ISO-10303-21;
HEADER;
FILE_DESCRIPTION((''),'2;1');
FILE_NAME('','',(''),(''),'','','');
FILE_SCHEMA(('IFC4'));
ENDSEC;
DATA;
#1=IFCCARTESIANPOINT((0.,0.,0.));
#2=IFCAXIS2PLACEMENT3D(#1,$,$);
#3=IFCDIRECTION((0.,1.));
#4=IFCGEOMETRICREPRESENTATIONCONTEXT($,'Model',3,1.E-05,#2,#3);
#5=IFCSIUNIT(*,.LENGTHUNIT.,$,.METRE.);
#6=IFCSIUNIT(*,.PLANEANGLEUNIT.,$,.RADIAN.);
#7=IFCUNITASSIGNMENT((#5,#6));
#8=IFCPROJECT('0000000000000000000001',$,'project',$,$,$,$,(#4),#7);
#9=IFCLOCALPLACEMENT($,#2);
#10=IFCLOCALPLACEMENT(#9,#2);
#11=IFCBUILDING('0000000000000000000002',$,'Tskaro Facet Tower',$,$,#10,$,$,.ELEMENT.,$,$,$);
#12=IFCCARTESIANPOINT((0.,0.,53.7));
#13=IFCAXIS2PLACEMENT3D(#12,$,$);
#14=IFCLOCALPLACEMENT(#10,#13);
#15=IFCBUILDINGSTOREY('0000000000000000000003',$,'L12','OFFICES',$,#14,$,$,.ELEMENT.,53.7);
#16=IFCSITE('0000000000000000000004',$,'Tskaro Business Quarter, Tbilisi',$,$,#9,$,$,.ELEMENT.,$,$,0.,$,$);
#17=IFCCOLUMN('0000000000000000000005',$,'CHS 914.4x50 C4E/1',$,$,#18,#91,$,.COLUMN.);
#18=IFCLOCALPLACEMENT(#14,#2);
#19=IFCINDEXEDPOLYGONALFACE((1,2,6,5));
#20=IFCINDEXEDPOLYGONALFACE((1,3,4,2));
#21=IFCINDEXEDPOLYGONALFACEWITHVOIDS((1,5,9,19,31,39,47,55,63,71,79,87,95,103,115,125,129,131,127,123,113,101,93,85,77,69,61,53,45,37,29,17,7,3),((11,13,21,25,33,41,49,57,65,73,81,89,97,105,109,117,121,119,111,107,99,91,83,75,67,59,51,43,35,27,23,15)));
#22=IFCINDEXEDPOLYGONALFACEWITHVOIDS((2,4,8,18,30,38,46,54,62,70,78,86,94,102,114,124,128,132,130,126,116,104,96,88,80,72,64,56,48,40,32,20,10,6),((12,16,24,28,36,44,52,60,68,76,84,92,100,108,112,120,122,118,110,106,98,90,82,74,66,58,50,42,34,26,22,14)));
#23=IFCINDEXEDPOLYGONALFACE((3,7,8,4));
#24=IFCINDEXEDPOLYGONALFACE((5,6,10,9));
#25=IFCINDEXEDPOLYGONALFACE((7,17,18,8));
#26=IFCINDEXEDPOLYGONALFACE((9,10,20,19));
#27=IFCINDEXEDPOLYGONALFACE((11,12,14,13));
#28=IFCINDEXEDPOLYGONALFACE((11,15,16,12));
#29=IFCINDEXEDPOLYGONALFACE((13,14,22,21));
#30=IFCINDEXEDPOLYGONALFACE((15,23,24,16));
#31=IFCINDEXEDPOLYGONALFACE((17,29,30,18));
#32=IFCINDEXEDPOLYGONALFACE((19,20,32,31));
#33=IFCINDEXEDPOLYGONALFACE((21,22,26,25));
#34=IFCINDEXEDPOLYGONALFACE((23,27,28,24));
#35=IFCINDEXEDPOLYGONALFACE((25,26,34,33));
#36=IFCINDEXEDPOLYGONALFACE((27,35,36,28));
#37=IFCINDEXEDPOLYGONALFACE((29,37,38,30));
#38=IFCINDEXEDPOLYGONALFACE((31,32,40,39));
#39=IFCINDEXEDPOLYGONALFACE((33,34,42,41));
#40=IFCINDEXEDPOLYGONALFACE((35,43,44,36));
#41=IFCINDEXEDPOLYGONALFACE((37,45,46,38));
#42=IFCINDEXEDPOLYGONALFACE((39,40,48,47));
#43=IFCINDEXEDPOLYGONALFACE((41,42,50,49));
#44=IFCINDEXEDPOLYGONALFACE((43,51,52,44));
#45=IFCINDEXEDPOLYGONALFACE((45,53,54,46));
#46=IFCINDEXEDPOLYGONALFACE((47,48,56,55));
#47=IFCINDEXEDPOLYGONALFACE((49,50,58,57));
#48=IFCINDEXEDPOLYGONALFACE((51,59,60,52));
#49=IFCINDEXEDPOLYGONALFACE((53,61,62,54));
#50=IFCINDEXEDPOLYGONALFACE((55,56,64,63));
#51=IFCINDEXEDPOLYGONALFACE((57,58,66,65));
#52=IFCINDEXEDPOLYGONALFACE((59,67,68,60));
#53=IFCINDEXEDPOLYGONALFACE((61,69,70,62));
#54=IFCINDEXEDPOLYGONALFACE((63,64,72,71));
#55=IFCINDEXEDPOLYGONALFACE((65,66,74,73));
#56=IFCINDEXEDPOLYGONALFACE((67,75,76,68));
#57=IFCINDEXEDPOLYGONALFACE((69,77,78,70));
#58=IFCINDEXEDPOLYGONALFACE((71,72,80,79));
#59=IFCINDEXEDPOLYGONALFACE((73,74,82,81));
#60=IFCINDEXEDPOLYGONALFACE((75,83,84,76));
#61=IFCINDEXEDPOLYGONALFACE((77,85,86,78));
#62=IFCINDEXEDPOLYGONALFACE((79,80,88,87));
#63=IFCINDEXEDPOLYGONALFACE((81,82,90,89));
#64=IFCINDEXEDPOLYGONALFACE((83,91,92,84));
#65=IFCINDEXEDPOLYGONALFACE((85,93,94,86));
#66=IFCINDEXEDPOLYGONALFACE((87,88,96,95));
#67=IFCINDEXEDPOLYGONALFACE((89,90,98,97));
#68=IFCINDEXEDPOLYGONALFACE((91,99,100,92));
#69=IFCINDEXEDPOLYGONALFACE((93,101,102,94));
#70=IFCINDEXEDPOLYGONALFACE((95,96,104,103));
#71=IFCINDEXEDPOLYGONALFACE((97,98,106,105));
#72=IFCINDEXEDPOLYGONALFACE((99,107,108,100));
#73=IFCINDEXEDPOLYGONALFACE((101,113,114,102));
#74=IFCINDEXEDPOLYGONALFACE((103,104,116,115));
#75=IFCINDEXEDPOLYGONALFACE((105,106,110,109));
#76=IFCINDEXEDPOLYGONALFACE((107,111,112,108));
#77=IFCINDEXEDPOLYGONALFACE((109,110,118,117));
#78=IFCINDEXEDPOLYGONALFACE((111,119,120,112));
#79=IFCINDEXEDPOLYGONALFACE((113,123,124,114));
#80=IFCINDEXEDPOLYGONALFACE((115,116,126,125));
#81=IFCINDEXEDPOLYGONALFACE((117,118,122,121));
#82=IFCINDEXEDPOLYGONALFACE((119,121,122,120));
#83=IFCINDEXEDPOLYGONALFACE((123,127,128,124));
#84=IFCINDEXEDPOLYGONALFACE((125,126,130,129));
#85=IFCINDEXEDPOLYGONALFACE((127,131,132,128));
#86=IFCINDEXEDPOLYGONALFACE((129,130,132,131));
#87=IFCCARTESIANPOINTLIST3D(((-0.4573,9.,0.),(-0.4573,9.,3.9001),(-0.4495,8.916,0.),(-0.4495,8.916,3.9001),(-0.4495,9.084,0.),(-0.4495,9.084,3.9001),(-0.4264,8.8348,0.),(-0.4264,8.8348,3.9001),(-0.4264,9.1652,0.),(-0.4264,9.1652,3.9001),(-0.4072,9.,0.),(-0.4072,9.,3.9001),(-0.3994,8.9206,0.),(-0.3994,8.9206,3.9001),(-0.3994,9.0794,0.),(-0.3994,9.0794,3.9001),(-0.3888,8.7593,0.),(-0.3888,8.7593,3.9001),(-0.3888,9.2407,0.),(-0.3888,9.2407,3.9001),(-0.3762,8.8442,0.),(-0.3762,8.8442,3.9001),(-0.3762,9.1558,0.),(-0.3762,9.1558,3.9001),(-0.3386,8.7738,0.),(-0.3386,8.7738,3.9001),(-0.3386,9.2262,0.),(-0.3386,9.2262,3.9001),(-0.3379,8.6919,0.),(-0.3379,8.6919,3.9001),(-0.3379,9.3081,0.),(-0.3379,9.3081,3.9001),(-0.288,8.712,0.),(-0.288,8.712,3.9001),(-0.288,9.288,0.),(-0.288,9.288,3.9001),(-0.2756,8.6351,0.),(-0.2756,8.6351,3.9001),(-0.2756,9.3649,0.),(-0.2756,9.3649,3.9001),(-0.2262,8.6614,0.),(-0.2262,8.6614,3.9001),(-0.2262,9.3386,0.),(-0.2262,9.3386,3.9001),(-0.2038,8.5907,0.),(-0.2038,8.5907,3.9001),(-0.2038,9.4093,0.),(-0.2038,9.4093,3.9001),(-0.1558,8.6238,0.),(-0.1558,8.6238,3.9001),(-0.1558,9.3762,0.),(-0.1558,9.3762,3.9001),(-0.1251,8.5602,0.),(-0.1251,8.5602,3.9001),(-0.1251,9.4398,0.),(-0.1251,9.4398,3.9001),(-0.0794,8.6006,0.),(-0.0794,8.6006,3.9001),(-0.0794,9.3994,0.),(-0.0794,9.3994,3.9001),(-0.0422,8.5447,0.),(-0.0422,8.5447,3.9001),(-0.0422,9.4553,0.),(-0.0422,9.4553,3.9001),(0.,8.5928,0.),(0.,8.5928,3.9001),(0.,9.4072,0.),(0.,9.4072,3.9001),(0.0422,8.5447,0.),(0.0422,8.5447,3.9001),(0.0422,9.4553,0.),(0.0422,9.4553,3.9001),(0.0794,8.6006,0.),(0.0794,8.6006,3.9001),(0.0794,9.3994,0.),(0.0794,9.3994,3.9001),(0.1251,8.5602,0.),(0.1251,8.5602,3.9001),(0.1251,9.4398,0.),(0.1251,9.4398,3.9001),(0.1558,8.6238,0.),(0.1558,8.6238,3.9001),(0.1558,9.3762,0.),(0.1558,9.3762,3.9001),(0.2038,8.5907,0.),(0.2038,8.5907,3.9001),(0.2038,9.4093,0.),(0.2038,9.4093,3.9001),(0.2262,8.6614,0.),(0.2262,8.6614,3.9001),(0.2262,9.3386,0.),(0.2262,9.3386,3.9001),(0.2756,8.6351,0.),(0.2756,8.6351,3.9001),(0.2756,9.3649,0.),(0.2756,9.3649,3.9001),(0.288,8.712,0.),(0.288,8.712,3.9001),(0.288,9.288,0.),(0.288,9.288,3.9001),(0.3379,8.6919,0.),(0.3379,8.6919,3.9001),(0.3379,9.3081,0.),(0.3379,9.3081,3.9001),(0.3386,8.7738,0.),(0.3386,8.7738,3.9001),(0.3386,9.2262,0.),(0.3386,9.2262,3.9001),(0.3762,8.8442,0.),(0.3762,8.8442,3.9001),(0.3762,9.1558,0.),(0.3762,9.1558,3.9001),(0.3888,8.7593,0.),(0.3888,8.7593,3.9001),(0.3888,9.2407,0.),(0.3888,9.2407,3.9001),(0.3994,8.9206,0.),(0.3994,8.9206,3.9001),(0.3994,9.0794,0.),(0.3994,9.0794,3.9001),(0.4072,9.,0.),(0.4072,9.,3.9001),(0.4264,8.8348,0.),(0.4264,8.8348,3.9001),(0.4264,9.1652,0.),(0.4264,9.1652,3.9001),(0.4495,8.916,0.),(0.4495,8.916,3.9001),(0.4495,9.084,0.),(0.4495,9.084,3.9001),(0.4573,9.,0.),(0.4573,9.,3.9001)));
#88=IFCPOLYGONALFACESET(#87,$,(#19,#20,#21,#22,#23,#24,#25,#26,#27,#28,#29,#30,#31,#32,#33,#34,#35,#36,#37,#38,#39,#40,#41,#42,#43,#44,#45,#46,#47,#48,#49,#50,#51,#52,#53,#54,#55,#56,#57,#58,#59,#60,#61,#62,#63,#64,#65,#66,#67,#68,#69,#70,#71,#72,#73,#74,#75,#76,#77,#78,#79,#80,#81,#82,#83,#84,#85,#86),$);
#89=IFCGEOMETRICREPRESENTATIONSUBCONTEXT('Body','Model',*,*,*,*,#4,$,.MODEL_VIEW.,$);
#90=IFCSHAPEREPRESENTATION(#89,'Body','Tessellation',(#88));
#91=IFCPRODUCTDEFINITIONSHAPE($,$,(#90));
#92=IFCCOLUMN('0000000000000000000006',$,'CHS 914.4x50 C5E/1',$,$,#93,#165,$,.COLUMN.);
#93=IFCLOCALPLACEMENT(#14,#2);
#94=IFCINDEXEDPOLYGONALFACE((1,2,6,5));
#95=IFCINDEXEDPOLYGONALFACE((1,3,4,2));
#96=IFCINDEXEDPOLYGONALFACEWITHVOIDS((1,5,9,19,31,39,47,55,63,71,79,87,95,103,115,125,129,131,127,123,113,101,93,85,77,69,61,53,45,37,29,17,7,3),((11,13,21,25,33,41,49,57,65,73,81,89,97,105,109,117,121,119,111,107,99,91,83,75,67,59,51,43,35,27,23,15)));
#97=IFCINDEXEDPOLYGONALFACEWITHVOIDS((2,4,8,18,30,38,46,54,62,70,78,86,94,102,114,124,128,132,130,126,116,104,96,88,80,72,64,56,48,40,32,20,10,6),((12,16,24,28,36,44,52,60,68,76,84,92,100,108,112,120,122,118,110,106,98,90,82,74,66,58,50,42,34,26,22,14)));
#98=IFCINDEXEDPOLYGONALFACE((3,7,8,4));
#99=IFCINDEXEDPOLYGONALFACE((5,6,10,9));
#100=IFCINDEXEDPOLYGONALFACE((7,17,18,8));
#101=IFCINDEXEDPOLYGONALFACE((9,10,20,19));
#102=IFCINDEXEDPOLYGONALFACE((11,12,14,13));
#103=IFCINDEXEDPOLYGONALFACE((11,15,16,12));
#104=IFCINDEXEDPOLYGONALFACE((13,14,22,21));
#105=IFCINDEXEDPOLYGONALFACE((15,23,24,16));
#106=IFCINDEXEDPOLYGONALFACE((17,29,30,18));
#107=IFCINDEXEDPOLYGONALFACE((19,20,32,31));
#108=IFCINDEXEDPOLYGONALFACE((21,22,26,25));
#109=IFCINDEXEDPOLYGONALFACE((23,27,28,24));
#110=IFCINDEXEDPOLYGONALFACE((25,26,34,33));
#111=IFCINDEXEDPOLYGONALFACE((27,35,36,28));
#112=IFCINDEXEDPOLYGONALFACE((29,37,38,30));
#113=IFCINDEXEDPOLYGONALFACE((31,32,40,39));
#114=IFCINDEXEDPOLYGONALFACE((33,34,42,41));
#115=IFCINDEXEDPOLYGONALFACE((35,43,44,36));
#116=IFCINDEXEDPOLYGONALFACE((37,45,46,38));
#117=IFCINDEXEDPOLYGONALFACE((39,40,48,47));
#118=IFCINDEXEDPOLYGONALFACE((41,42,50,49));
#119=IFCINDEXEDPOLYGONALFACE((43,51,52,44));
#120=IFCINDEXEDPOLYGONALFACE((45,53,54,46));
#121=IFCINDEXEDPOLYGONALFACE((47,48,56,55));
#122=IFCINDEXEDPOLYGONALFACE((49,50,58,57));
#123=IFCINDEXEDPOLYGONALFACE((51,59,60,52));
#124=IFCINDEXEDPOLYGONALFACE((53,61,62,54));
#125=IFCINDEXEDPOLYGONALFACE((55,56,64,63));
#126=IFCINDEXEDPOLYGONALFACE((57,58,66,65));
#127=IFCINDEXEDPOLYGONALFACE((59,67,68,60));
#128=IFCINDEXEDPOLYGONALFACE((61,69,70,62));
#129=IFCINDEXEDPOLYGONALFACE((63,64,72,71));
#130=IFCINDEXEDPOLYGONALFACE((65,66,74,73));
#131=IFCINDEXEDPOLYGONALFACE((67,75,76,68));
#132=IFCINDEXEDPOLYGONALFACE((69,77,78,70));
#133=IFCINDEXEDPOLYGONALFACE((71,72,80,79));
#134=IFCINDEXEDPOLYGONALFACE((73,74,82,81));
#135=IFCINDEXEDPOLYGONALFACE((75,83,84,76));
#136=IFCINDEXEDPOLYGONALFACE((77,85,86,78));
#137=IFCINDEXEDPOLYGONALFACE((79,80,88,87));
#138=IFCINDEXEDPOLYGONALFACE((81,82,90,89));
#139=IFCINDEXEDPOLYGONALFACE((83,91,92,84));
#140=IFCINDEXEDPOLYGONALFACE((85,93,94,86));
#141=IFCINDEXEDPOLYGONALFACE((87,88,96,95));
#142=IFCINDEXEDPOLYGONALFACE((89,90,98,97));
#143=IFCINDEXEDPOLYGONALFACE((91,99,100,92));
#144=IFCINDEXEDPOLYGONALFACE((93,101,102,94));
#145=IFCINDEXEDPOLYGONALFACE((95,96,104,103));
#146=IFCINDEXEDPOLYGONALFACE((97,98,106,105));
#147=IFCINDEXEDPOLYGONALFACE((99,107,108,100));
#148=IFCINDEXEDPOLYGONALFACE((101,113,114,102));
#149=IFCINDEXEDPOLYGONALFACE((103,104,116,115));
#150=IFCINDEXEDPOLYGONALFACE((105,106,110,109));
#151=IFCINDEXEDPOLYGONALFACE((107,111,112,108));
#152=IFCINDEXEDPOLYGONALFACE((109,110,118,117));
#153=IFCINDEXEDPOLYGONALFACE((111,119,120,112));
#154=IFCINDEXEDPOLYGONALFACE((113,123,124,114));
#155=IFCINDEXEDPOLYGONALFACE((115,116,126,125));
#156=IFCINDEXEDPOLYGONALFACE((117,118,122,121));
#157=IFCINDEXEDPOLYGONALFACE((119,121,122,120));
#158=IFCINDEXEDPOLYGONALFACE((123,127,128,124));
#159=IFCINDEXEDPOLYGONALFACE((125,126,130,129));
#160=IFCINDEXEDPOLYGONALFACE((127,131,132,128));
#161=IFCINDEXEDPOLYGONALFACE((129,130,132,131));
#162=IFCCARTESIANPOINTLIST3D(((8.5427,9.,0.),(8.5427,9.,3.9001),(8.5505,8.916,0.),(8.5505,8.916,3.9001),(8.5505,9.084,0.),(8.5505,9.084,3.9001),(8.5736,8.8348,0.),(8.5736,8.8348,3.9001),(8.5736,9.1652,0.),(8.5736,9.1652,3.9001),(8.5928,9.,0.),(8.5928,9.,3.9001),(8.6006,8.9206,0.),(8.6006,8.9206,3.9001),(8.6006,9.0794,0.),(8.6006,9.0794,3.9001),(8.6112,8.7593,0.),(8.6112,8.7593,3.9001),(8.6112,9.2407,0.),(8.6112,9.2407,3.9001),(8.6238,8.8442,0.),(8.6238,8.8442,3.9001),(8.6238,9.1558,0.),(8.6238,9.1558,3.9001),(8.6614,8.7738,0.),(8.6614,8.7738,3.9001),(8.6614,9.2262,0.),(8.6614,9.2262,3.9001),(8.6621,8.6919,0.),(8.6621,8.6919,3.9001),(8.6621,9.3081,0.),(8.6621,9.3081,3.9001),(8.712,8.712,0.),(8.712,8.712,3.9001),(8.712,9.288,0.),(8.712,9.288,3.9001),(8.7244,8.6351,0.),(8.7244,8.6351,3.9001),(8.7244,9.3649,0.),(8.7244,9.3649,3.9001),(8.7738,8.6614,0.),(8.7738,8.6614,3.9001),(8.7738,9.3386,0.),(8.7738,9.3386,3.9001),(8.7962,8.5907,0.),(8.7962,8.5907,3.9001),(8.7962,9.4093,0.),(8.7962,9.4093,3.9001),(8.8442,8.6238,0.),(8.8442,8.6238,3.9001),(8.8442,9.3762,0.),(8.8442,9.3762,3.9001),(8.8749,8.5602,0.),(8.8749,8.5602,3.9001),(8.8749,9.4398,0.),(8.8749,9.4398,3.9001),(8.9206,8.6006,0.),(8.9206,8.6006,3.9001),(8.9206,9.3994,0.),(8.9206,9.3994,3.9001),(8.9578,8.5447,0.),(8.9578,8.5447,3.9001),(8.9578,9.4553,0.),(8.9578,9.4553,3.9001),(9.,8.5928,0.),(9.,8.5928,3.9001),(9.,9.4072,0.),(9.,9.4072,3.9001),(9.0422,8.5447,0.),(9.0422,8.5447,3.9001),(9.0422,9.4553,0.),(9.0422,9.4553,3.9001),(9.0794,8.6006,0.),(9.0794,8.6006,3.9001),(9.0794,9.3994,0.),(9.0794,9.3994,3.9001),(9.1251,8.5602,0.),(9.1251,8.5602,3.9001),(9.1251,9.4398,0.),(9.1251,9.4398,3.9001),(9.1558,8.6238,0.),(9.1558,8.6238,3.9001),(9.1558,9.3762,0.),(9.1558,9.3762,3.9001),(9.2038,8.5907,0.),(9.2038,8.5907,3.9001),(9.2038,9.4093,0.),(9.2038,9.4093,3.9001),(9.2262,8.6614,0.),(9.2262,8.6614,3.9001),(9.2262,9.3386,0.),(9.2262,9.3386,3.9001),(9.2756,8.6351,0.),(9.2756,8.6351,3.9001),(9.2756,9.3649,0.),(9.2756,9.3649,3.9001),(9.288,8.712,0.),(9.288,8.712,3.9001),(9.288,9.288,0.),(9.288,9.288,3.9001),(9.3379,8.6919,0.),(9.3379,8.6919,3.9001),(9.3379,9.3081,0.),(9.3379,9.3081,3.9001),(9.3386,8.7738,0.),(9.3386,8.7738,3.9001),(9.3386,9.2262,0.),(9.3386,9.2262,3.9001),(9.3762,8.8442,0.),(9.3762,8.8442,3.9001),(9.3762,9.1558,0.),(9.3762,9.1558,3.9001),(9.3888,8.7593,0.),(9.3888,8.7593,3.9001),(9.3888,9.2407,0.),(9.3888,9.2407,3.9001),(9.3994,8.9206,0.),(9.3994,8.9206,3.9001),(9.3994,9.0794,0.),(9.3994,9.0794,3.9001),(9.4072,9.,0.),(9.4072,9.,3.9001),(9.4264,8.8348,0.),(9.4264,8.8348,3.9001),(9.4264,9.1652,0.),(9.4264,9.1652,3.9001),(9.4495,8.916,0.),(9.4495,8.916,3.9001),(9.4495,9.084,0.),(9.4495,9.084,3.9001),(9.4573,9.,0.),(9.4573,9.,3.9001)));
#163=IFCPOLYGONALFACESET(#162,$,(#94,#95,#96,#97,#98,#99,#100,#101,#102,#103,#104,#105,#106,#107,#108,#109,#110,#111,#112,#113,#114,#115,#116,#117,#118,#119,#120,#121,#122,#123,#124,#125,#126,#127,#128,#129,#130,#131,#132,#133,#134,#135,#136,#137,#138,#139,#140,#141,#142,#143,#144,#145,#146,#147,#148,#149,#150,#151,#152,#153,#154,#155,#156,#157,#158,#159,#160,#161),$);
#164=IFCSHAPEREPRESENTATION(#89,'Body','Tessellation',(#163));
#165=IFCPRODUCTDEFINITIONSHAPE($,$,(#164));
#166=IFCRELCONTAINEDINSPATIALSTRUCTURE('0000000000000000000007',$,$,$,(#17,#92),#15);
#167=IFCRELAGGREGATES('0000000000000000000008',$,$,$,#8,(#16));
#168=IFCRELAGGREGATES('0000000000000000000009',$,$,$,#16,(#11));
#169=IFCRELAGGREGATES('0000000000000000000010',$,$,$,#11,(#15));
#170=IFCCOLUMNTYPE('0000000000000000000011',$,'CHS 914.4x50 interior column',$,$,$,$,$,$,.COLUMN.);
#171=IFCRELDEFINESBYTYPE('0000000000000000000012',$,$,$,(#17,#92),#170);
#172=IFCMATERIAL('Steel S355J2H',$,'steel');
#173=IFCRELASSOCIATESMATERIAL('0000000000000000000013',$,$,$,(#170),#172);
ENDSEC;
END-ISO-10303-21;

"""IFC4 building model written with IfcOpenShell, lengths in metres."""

from ifc_helpers import new_model, si_unit, direction, frame, origin, origin_2d, place, context, subcontext, project, spatial, hollow_circle, extrude, material, material_profile, profile_set, type_object, element, save


model = new_model("IFC4")

# Units and contexts
model_context = context("Model", 3, precision=1e-05, world=origin(), true_north=direction((0.0, 1.0)))
body_context = subcontext(model_context, "Body", "Model", "MODEL_VIEW")
ifc_project = project(units=[si_unit("LENGTHUNIT", "METRE"), si_unit("PLANEANGLEUNIT", "RADIAN")], contexts=[model_context])

# Site, building, storey
site_placement = place(None, origin())
site = spatial("IfcSite", under=ifc_project, at=site_placement, Name="Tskaro Business Quarter, Tbilisi", CompositionType="ELEMENT", RefElevation=0.0)
building_placement = place(site_placement, origin())
building = spatial("IfcBuilding", under=site, at=building_placement, Name="Tskaro Facet Tower", CompositionType="ELEMENT")
storey_placement = place(building_placement, frame((0.0, 0.0, 53.7)))
storey = spatial("IfcBuildingStorey", under=building, at=storey_placement, Name="L12", Description="OFFICES", CompositionType="ELEMENT", Elevation=53.7)

# Columns
ifc_material_1 = material(Name="Steel S355J2H", Category="steel")
ifc_material_profile_1 = material_profile(ifc_material_1, hollow_circle(Radius=0.4573, WallThickness=0.05, at=origin_2d()), Name="CHS 914.4x50")
ifc_profile_set_1 = profile_set([ifc_material_profile_1], Name="Steel S355J2H")
column_type = type_object("IfcColumnType", Name="CHS 914.4x50 interior column", PredefinedType="COLUMN", material=ifc_profile_set_1)
for number, where, z_axis, x_axis, name in (
    (1, (0.0, 9.0, 0.0), (0.0, 0.0, 1.0), (1.0, 0.0, 0.0), "CHS 914.4x50 C4E/1"),
    (2, (9.0, 9.0, 0.0), (0.0, 0.0, 1.0), (1.0, 0.0, 0.0), "CHS 914.4x50 C5E/1"),
):
    element("IfcColumn", number, at=place(storey_placement, frame(where, z_axis=z_axis, x_axis=x_axis)), inside=storey, type_object=column_type, Name=name, PredefinedType="COLUMN", context=body_context, shape_type="SweptSolid", body=[
        extrude(hollow_circle(Radius=0.4573, WallThickness=0.05, at=origin_2d()), origin(), (0.0, 0.0, 1.0), 3.9001),
    ])

save(model, "model.ifc")
